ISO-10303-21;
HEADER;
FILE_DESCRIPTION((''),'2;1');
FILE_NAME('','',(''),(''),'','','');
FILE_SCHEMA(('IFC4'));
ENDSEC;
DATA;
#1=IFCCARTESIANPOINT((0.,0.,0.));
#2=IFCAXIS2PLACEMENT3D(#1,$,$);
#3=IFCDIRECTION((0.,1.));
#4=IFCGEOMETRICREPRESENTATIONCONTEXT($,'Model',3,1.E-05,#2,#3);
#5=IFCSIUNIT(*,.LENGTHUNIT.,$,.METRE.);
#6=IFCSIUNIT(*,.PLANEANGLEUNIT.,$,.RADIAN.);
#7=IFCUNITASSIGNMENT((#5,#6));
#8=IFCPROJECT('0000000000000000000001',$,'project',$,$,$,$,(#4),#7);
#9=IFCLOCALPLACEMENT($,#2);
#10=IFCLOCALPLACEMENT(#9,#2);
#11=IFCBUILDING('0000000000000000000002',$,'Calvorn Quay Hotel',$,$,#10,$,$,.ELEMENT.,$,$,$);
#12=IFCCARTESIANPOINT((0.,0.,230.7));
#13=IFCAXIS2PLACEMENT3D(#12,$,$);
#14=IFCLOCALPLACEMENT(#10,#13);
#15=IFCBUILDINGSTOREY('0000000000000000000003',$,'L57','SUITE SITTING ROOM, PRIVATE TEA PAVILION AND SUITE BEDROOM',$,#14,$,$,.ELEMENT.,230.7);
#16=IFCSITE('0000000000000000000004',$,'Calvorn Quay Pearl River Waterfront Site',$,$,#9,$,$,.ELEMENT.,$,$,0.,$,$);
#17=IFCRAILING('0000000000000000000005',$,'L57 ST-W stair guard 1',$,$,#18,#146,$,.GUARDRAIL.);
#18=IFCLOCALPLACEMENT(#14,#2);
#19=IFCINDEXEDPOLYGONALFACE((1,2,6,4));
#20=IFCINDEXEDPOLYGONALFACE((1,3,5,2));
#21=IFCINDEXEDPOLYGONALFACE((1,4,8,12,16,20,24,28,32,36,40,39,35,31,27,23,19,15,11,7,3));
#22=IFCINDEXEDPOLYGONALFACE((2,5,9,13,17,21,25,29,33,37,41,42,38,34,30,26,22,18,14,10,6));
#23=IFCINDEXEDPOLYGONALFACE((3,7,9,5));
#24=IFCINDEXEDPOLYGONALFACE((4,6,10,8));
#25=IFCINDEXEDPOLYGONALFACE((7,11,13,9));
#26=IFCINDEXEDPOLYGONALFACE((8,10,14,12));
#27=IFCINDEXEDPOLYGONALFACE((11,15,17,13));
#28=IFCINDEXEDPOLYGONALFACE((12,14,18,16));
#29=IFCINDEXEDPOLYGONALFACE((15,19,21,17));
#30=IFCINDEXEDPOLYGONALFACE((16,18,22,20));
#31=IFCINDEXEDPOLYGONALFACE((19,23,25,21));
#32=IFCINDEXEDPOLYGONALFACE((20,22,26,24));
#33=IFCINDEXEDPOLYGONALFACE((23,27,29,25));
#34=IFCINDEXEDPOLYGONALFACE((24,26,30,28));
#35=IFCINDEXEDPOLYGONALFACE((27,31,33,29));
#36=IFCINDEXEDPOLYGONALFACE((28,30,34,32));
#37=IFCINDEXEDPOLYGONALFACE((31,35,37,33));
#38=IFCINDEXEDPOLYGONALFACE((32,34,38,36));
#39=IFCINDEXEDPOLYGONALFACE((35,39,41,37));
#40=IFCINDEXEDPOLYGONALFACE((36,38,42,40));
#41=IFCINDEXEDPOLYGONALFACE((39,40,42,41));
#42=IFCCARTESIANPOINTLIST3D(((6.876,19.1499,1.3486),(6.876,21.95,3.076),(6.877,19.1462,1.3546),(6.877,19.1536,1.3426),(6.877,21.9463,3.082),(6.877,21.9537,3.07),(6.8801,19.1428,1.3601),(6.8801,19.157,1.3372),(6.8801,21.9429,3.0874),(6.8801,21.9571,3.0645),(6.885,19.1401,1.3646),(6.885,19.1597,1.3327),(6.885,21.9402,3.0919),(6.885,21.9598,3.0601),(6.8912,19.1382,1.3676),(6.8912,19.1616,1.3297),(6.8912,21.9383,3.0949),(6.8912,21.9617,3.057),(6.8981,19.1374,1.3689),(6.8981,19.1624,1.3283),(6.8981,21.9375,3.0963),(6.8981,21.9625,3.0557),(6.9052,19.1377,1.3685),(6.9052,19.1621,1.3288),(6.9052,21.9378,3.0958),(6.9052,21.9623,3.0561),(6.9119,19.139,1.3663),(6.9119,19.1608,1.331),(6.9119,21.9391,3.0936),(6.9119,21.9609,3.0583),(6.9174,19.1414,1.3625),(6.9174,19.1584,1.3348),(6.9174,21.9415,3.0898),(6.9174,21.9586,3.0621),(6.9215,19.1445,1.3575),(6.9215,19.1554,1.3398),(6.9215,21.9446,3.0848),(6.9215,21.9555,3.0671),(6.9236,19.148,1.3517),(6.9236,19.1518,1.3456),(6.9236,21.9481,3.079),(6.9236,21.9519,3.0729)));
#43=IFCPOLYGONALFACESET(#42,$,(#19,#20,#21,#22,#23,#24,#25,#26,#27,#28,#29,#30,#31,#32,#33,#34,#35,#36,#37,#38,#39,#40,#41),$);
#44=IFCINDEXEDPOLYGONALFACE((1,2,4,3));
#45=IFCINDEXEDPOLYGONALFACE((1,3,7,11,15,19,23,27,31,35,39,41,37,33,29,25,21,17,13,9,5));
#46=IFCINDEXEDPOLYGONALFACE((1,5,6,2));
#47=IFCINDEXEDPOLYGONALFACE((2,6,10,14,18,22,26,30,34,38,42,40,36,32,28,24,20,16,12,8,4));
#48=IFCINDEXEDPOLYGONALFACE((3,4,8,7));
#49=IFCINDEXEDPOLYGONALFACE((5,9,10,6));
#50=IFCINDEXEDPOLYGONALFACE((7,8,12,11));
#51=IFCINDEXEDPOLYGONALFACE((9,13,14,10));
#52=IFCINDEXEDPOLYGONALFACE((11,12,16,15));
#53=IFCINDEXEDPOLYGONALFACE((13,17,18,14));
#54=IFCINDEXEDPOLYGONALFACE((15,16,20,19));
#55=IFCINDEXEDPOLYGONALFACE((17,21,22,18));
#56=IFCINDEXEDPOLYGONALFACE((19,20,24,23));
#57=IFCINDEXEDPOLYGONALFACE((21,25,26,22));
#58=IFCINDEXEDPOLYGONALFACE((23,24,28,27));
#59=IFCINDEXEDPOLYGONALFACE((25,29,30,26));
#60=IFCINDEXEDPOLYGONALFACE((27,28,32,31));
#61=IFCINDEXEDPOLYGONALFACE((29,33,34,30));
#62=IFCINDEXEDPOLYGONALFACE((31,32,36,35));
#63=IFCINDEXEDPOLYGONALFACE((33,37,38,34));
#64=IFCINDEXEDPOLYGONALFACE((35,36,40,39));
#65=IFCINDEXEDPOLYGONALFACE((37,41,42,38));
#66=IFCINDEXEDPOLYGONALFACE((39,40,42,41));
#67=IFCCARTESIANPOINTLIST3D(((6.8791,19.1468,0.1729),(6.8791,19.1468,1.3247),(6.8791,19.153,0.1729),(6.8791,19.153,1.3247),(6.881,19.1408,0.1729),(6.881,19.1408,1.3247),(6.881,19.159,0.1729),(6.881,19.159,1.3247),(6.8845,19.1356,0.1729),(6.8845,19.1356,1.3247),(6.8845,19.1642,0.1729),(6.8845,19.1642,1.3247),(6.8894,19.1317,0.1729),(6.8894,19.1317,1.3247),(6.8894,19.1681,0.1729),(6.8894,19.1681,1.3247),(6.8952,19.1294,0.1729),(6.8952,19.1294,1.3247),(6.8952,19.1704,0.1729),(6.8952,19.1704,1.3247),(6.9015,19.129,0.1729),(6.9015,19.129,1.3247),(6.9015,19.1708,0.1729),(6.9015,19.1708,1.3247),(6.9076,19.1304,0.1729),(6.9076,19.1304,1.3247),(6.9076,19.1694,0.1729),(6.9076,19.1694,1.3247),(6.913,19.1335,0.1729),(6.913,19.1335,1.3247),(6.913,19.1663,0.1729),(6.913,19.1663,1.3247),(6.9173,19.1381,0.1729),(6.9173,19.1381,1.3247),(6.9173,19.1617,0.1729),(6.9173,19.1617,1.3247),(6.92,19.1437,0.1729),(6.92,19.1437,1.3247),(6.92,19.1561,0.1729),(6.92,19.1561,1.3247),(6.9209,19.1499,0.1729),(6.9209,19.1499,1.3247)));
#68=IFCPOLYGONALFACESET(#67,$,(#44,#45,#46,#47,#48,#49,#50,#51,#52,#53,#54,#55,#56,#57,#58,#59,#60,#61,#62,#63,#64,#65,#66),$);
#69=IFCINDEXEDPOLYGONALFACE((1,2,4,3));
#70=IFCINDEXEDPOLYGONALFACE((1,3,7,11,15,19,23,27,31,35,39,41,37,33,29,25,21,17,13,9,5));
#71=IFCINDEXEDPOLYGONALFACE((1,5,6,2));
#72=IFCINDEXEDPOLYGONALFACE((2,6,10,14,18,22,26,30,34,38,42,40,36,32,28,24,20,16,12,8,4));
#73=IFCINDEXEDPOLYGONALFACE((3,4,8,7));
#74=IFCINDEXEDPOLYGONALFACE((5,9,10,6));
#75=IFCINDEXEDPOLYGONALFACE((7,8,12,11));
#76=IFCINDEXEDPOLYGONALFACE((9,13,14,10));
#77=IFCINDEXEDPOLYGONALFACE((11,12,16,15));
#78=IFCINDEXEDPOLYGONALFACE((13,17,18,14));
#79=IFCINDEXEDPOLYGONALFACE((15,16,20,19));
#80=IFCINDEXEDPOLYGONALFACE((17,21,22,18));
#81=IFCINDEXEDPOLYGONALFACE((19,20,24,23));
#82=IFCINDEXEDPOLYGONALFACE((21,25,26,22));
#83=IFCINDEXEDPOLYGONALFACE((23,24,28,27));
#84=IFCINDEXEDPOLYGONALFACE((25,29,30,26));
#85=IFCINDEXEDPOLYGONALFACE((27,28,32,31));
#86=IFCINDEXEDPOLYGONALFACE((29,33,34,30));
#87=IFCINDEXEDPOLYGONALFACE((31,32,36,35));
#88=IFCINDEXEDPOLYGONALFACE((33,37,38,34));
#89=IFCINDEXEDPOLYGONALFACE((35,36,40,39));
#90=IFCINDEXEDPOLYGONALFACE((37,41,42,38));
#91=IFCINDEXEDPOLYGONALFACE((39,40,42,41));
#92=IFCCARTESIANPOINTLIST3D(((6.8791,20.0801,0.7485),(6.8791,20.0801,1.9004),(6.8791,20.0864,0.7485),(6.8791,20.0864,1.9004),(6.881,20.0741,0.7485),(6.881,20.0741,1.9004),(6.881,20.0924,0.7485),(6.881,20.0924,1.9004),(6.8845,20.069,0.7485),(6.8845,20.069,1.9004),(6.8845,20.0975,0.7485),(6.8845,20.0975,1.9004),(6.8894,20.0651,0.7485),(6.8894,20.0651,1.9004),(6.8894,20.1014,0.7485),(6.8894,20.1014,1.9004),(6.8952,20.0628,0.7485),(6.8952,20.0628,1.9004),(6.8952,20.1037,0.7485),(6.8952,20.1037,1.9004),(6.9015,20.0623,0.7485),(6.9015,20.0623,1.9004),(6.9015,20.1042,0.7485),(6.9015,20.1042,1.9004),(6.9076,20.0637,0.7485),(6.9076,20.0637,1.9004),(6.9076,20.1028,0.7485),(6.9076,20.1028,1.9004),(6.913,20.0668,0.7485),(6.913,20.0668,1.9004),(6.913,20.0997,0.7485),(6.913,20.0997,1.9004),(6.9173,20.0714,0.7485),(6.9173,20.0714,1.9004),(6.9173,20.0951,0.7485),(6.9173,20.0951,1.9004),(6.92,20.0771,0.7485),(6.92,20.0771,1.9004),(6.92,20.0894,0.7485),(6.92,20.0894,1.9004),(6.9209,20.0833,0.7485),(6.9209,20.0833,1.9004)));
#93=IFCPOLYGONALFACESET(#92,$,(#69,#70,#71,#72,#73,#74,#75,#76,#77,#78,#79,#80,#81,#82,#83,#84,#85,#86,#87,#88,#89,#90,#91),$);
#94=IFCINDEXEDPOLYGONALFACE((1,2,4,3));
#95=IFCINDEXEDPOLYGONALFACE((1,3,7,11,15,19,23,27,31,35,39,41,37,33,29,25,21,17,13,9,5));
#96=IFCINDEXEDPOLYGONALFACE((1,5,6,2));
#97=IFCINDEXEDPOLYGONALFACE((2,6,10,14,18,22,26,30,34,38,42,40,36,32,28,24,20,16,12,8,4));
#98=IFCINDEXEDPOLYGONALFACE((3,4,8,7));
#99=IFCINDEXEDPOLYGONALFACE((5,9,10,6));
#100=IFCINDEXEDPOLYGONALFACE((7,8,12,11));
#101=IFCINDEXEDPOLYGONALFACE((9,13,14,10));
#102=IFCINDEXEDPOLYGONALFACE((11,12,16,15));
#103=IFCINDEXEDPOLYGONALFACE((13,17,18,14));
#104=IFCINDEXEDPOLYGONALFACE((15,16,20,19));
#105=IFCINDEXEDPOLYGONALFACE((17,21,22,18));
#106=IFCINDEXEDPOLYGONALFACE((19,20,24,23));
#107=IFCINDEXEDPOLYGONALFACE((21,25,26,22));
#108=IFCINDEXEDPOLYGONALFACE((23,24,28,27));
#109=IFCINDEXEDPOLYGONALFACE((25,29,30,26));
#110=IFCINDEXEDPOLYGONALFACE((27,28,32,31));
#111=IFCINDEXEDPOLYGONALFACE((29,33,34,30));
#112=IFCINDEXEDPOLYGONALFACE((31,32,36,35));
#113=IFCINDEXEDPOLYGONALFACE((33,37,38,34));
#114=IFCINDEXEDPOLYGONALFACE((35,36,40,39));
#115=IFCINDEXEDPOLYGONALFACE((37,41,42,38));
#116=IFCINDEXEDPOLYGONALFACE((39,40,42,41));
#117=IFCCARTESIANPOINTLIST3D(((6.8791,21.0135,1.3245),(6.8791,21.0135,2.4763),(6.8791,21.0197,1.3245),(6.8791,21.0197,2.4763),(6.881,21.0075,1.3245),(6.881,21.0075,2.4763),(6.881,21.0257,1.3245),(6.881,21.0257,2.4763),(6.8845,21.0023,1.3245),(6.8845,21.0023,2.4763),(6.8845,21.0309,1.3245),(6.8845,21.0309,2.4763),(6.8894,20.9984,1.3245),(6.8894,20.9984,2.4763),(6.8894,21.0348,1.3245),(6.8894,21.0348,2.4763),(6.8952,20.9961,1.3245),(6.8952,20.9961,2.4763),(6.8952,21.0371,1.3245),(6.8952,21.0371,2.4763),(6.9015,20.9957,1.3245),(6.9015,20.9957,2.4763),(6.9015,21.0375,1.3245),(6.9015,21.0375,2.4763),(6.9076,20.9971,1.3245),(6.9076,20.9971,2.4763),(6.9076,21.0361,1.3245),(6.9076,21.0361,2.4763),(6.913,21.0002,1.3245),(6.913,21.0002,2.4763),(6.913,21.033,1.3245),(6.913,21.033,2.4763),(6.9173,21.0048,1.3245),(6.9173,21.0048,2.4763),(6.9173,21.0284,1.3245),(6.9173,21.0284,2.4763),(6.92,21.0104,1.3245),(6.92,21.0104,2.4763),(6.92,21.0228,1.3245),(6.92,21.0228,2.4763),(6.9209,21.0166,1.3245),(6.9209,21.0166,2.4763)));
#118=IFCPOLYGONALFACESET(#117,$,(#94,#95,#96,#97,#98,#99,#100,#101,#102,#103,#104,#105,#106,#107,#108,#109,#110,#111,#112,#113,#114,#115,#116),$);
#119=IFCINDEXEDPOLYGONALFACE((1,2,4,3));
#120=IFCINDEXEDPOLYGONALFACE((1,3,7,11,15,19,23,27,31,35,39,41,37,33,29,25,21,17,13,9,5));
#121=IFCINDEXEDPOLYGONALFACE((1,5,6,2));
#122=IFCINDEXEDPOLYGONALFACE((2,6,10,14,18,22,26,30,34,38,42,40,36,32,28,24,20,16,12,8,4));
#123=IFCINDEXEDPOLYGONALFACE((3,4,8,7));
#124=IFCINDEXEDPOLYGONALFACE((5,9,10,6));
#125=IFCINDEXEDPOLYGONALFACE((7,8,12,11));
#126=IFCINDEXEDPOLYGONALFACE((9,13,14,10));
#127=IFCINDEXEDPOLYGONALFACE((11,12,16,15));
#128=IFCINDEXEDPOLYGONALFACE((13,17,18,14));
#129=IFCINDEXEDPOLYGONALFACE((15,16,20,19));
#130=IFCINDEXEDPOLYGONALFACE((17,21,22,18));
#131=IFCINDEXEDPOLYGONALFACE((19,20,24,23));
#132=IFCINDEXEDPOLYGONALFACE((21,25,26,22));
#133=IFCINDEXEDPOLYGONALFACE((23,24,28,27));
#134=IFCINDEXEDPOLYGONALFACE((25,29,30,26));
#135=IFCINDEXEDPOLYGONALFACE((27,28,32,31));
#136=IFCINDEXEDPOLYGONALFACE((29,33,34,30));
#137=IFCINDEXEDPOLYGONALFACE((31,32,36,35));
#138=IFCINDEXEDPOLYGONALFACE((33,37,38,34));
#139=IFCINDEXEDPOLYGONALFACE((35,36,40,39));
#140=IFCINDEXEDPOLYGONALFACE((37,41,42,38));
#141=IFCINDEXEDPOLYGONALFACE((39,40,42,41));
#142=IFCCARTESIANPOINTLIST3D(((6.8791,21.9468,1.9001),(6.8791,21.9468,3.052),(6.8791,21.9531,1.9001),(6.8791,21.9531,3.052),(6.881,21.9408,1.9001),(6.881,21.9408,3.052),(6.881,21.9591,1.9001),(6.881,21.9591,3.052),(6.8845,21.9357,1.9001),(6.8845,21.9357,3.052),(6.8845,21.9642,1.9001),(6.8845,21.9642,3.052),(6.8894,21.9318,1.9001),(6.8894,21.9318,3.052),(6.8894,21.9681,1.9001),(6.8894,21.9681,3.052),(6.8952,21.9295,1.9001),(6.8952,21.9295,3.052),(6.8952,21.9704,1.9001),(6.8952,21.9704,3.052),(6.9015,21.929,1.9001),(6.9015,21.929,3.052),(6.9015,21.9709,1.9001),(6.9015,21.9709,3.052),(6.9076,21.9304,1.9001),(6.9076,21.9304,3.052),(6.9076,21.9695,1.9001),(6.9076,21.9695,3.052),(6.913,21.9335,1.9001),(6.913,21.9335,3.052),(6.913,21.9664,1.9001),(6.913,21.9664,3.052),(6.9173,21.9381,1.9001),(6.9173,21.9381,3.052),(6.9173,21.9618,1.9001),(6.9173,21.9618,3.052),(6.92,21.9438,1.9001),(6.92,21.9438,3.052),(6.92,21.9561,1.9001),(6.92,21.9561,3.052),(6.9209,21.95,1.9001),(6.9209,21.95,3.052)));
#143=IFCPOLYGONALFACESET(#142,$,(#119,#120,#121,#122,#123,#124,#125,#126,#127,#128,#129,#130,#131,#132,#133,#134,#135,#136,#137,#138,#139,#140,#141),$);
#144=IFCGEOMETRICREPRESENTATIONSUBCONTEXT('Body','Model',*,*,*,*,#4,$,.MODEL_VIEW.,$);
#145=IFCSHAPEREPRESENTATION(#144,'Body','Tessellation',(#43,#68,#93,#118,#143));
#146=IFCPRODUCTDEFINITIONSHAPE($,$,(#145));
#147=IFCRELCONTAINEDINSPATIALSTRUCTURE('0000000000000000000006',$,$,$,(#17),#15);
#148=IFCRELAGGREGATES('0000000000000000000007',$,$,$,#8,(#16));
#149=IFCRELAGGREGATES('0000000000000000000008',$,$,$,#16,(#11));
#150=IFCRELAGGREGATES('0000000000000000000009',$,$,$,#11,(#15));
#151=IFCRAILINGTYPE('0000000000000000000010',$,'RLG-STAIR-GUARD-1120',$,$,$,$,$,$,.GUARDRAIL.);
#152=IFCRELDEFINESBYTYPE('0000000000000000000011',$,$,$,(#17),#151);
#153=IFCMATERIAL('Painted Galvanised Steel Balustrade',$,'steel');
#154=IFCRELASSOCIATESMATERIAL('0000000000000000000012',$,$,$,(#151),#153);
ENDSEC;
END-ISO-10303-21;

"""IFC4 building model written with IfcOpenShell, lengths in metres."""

from ifc_helpers import new_model, si_unit, direction, frame, origin, origin_2d, place, context, subcontext, project, spatial, circle, extrude, material, type_object, element, save


model = new_model("IFC4")

# Units and contexts
model_context = context("Model", 3, precision=1e-05, world=origin(), true_north=direction((0.0, 1.0)))
body_context = subcontext(model_context, "Body", "Model", "MODEL_VIEW")
ifc_project = project(units=[si_unit("LENGTHUNIT", "METRE"), si_unit("PLANEANGLEUNIT", "RADIAN")], contexts=[model_context])

# Site, building, storey
site_placement = place(None, origin())
site = spatial("IfcSite", under=ifc_project, at=site_placement, Name="Calvorn Quay Pearl River Waterfront Site", CompositionType="ELEMENT", RefElevation=0.0)
building_placement = place(site_placement, origin())
building = spatial("IfcBuilding", under=site, at=building_placement, Name="Calvorn Quay Hotel", CompositionType="ELEMENT")
storey_placement = place(building_placement, frame((0.0, 0.0, 230.7)))
storey = spatial("IfcBuildingStorey", under=building, at=storey_placement, Name="L57", Description="SUITE SITTING ROOM, PRIVATE TEA PAVILION AND SUITE BEDROOM", CompositionType="ELEMENT", Elevation=230.7)

# Railing
ifc_material_1 = material(Name="Painted Galvanised Steel Balustrade", Category="steel")
railing_type_1 = type_object("IfcRailingType", Name="RLG-STAIR-GUARD-1120", PredefinedType="GUARDRAIL", material=ifc_material_1)
railing_1_placement = place(storey_placement, frame((6.8999, 19.1499, 0.1729)))
element("IfcRailing", 1, at=railing_1_placement, inside=storey, type_object=railing_type_1, Name="L57 ST-W stair guard 1", PredefinedType="GUARDRAIL", context=body_context, shape_type="SweptSolid", body=[
    extrude(circle(Radius=0.0239, at=origin_2d()), frame((0.0, 0.0, 1.1758), z_axis=(0.0, 0.85109, 0.52502), x_axis=(-1.0, 0.0, 0.0)), (0.0, 0.0, 1.0), 3.29),
    extrude(circle(Radius=0.021, at=origin_2d()), origin(), (0.0, 0.0, 1.0), 1.1519),
    extrude(circle(Radius=0.021, at=origin_2d()), frame((0.0, 0.9333, 0.5757)), (0.0, 0.0, 1.0), 1.1519),
    extrude(circle(Radius=0.021, at=origin_2d()), frame((0.0, 1.8667, 1.1516)), (0.0, 0.0, 1.0), 1.1519),
    extrude(circle(Radius=0.021, at=origin_2d()), frame((0.0, 2.8, 1.7273)), (0.0, 0.0, 1.0), 1.1519),
])

save(model, "model.ifc")
